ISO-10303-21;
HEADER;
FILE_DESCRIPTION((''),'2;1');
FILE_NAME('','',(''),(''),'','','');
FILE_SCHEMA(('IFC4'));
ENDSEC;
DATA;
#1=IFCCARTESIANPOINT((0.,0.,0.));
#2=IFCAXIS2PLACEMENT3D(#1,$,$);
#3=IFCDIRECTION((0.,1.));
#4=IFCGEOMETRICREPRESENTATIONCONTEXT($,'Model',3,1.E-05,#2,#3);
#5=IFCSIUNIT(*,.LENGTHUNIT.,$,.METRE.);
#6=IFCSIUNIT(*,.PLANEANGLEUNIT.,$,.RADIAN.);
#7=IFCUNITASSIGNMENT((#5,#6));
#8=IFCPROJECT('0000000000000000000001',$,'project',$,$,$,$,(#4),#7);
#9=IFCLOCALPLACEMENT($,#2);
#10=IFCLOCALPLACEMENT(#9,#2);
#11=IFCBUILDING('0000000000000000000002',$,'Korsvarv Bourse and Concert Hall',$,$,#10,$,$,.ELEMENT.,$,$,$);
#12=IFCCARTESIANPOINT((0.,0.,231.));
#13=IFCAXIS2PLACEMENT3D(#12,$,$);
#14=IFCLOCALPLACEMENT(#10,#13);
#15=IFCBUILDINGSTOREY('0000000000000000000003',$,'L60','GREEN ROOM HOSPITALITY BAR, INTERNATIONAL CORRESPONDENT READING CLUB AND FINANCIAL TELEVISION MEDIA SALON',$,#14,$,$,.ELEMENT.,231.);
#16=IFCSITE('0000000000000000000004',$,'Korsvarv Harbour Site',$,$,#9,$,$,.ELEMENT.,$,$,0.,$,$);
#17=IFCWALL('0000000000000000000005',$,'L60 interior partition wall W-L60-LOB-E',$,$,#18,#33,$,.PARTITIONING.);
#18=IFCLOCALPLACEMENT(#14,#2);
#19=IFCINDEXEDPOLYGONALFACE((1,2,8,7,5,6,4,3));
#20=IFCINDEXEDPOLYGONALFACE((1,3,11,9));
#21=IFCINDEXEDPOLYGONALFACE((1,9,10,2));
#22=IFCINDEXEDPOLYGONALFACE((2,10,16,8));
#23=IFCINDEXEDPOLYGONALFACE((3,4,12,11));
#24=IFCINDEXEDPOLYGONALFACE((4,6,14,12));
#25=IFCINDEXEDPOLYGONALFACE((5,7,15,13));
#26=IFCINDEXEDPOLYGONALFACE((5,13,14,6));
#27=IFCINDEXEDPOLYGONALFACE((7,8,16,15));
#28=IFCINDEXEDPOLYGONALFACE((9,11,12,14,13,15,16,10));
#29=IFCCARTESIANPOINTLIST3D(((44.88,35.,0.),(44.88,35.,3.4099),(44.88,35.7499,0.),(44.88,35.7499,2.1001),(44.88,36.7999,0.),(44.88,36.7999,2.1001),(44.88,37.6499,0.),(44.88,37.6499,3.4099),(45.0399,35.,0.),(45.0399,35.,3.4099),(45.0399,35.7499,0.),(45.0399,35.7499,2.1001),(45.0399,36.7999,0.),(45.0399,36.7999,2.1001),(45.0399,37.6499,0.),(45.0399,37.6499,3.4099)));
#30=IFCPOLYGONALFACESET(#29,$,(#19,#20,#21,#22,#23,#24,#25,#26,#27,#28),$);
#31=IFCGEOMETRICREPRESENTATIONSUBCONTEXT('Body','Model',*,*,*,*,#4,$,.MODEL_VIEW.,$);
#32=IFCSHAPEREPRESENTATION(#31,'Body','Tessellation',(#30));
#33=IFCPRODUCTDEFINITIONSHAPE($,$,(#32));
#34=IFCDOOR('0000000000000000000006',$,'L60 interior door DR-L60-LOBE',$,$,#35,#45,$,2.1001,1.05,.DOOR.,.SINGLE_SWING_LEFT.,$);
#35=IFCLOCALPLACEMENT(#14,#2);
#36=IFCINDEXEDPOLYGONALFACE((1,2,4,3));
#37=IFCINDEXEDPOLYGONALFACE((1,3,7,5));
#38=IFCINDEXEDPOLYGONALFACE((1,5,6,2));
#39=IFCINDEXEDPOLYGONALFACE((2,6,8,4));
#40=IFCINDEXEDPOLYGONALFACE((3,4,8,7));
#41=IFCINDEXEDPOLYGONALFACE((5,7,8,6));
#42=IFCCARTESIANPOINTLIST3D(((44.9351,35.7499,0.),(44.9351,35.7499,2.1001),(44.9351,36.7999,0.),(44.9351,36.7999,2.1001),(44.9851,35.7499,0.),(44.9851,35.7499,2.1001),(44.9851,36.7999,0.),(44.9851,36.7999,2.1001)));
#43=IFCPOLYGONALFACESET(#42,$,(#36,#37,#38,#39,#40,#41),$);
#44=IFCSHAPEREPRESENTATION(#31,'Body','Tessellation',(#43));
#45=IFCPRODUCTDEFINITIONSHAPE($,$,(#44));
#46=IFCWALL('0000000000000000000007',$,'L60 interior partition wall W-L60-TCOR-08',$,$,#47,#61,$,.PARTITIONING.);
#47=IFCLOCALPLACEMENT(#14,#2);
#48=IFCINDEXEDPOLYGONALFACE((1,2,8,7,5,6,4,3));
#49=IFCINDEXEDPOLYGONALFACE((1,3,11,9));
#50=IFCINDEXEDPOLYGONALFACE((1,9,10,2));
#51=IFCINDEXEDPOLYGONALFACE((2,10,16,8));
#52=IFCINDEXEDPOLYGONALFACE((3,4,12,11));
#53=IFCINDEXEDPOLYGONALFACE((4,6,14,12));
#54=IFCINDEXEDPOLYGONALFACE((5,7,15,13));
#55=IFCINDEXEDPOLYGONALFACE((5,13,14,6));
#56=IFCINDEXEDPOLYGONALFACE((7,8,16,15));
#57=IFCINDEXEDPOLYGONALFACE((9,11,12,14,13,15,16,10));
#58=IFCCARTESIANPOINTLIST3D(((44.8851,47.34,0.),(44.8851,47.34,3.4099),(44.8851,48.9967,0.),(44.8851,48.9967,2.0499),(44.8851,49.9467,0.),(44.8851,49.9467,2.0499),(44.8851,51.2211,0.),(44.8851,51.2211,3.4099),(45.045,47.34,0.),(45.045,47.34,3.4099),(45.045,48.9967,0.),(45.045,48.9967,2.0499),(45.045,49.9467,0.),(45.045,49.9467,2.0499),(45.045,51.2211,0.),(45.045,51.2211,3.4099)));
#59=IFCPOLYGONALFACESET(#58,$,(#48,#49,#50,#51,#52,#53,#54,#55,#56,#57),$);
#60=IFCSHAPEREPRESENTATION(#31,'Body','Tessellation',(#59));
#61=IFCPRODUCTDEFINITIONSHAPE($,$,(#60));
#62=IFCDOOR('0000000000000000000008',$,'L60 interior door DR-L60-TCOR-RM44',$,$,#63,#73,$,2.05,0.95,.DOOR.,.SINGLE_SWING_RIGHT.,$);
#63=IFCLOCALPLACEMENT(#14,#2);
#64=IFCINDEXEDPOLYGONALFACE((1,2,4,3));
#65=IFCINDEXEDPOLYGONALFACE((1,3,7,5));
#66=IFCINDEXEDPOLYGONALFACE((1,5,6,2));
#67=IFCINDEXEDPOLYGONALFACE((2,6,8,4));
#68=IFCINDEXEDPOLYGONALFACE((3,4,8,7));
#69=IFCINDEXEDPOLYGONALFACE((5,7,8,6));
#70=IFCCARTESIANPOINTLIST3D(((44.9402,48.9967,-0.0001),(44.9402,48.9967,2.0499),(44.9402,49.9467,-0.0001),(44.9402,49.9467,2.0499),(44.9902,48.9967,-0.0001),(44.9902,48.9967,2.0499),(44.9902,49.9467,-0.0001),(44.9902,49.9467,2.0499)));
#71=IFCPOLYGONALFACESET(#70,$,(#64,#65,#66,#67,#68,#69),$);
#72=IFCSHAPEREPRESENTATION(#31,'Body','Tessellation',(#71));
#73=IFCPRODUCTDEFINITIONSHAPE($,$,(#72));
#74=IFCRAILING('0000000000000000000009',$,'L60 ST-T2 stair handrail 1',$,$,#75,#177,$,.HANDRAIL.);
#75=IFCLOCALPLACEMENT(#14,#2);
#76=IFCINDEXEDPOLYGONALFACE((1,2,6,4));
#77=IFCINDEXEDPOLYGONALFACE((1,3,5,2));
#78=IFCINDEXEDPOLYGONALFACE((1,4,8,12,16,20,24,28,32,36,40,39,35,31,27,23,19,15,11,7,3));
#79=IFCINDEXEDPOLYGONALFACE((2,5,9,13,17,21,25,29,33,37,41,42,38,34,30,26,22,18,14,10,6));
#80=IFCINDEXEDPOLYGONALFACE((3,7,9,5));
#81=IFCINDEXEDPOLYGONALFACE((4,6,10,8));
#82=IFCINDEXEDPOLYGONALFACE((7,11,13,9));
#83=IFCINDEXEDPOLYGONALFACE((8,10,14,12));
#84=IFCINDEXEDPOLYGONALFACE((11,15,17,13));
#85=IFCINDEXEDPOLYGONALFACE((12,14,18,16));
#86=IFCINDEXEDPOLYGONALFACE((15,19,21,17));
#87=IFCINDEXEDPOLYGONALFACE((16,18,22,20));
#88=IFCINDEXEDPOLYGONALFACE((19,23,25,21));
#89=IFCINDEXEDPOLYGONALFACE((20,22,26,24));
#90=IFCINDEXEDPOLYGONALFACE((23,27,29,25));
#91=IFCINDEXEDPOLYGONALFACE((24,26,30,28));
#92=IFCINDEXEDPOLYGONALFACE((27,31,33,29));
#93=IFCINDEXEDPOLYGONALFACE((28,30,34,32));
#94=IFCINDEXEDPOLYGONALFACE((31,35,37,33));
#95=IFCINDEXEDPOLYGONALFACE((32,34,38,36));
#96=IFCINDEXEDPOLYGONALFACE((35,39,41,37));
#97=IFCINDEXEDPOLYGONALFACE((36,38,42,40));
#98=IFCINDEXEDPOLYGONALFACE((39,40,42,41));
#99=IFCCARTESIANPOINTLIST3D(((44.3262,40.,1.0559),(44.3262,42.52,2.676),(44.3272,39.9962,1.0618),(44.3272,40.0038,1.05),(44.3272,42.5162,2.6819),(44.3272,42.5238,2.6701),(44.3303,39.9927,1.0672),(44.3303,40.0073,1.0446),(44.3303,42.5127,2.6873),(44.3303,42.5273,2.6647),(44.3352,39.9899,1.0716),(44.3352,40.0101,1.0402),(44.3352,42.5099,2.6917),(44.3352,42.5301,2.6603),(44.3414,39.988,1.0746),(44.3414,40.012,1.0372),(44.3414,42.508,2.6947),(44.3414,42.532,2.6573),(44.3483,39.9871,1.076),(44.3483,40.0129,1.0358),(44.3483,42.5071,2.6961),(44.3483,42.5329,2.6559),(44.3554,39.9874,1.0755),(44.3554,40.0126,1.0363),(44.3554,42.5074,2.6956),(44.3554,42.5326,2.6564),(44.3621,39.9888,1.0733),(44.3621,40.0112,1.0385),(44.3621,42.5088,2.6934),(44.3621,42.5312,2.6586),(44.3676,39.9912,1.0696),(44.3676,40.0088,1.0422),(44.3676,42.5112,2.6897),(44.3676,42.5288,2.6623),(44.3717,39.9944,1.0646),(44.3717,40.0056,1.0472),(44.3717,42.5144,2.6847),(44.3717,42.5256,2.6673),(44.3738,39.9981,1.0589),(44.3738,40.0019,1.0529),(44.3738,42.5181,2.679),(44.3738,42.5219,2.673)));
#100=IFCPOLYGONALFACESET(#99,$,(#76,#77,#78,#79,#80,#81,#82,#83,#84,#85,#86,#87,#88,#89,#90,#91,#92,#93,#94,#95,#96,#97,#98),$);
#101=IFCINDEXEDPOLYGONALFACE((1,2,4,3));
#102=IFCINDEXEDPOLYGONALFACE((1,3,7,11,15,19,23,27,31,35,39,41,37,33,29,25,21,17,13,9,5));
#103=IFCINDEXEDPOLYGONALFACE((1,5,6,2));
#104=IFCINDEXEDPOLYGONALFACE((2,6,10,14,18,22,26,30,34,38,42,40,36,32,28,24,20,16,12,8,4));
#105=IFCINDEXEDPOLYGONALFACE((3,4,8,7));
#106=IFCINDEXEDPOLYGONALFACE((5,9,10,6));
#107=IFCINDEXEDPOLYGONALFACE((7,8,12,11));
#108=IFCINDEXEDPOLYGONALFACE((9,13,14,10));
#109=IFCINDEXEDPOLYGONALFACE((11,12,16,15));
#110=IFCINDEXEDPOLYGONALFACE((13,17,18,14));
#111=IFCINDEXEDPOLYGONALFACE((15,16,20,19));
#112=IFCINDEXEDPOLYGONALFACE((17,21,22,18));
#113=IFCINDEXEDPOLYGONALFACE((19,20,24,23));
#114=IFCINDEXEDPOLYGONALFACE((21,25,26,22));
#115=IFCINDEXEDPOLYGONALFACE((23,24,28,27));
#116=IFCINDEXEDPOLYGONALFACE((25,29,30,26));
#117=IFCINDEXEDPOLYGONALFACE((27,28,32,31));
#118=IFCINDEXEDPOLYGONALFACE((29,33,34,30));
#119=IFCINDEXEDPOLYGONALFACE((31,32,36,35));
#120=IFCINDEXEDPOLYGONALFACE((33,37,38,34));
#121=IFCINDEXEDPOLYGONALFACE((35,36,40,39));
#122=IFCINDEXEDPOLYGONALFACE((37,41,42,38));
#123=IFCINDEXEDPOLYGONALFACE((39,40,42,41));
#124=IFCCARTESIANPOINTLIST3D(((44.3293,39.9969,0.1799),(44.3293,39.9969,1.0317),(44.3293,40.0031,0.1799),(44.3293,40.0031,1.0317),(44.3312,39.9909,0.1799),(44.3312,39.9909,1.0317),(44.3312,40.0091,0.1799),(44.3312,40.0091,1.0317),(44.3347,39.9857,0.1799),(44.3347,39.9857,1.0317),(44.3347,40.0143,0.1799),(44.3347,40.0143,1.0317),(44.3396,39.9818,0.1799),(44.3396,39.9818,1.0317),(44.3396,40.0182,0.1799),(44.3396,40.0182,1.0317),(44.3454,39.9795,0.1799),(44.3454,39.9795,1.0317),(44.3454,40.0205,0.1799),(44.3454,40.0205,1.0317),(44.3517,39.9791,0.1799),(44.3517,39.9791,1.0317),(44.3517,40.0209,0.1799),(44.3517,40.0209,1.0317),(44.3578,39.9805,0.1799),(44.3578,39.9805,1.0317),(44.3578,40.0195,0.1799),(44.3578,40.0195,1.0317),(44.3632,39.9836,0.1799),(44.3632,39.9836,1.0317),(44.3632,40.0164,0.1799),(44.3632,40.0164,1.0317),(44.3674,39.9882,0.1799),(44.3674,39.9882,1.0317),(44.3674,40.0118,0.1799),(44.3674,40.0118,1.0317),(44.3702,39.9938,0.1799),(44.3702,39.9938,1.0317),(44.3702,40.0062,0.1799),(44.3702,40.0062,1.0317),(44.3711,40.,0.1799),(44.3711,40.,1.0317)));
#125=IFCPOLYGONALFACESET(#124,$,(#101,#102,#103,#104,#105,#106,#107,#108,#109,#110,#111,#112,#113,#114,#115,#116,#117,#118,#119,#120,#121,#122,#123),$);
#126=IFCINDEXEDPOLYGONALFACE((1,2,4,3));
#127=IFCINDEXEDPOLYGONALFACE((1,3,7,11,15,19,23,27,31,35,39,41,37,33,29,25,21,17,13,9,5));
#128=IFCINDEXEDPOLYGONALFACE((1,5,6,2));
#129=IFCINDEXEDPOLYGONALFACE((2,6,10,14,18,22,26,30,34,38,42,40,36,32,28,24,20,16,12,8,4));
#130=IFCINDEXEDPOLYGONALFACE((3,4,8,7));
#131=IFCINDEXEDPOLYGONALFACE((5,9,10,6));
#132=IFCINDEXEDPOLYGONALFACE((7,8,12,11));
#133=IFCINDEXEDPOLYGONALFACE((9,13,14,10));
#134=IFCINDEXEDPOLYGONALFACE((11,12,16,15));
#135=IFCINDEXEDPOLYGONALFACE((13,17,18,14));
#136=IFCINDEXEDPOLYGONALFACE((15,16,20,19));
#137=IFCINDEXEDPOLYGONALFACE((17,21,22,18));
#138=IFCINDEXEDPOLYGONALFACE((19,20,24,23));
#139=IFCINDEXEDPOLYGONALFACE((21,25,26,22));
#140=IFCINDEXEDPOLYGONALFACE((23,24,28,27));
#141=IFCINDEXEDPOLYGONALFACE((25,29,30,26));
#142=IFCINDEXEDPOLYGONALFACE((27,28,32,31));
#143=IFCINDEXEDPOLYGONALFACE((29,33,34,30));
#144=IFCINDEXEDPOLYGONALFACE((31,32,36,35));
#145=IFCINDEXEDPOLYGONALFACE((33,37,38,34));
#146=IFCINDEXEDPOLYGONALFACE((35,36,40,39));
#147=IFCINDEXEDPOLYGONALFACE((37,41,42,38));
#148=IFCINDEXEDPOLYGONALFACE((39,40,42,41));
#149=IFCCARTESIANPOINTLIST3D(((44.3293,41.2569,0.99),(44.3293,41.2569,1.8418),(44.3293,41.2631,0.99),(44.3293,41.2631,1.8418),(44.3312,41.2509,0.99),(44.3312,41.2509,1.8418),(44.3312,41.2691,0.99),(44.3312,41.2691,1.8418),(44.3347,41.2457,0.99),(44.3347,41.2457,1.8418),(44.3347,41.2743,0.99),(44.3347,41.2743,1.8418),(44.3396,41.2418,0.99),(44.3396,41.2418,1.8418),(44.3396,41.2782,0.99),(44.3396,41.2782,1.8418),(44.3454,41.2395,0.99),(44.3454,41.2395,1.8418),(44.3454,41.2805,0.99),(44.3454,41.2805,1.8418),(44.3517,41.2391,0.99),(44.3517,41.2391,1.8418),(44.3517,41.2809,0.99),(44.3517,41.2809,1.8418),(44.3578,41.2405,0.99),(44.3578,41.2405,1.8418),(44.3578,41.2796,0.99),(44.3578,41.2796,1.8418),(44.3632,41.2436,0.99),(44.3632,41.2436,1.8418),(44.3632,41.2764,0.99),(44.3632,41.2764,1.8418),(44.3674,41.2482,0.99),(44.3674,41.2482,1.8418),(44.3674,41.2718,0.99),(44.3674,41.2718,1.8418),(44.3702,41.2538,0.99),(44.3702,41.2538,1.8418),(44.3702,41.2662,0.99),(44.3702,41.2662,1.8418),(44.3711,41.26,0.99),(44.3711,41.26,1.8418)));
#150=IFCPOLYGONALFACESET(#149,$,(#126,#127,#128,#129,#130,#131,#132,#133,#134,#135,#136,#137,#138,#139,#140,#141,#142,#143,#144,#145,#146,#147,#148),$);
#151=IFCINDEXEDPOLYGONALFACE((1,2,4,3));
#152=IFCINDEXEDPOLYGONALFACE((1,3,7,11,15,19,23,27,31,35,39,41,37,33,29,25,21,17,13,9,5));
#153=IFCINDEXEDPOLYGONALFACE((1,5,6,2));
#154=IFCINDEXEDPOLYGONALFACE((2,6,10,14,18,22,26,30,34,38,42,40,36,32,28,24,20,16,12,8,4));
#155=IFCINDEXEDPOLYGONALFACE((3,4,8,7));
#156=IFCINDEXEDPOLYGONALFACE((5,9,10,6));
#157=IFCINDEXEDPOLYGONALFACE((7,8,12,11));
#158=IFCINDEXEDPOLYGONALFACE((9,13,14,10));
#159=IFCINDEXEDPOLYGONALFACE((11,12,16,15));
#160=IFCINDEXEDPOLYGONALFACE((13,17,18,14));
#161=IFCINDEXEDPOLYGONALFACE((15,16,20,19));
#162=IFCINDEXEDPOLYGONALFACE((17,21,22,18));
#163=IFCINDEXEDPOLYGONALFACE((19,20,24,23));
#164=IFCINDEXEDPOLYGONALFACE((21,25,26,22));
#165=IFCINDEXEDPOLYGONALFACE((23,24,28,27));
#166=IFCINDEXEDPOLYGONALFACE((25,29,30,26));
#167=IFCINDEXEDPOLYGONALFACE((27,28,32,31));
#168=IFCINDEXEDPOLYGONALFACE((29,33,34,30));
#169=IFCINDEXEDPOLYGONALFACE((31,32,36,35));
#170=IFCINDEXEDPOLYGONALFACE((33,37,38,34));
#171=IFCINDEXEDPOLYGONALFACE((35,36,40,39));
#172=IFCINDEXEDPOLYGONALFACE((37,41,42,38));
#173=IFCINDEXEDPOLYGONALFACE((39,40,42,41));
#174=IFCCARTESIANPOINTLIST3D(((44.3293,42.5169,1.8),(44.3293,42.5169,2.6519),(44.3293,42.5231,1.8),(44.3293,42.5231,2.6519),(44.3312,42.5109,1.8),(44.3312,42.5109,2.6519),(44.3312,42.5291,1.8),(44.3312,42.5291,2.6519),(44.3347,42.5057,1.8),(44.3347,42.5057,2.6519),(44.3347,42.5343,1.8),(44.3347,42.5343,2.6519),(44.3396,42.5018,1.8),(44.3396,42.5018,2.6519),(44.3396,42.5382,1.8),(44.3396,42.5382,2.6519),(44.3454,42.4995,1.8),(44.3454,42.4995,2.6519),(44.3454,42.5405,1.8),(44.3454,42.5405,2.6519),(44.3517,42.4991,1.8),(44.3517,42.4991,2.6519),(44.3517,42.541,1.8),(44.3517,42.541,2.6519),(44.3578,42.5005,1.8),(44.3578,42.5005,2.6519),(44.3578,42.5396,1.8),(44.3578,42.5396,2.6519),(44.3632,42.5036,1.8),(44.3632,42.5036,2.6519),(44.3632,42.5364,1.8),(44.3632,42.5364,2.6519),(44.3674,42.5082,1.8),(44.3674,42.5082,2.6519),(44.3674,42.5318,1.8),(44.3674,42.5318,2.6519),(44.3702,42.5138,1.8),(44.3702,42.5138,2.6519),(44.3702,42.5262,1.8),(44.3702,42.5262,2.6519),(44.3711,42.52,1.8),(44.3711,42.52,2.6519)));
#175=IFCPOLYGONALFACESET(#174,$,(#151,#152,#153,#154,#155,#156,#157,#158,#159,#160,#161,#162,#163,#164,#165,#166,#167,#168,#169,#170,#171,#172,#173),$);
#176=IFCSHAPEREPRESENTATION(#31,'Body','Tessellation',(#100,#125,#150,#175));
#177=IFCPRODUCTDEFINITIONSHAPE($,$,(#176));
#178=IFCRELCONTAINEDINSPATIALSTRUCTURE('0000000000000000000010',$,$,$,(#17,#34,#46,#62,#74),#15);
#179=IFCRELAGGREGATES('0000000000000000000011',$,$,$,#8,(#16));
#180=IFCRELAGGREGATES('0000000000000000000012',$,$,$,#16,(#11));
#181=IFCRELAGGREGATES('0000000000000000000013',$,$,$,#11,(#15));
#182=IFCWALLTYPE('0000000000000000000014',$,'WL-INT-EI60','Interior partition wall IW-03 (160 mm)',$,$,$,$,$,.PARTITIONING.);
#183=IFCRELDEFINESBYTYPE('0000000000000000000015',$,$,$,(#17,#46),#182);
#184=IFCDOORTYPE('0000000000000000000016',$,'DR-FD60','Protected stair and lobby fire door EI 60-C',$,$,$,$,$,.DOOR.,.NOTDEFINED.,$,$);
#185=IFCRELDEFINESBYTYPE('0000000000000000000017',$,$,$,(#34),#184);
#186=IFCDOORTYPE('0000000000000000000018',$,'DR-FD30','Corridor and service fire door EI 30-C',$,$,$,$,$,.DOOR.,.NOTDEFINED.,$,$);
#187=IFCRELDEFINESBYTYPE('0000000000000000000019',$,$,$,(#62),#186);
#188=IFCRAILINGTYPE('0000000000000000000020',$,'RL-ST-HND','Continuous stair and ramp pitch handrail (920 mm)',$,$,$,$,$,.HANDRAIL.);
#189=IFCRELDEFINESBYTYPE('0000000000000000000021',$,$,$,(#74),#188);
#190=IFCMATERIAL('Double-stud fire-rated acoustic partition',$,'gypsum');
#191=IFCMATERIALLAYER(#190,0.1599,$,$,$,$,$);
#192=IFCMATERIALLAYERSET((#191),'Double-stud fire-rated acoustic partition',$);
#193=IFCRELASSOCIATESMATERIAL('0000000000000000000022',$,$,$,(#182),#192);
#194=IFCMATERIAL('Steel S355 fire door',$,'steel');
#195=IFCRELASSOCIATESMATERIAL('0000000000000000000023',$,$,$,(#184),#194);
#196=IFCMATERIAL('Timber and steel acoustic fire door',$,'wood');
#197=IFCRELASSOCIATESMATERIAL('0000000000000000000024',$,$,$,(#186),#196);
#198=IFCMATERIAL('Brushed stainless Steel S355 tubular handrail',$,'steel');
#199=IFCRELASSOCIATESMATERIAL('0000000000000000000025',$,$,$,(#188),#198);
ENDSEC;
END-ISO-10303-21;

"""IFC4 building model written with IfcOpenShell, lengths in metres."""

from ifc_helpers import new_model, si_unit, direction, frame, frame_2d, origin, origin_2d, place, context, subcontext, project, spatial, rectangle, circle, extrude, material, layer, layer_set, type_object, element, fill, save


model = new_model("IFC4")

# Units and contexts
model_context = context("Model", 3, precision=1e-05, world=origin(), true_north=direction((0.0, 1.0)))
body_context = subcontext(model_context, "Body", "Model", "MODEL_VIEW")
ifc_project = project(units=[si_unit("LENGTHUNIT", "METRE"), si_unit("PLANEANGLEUNIT", "RADIAN")], contexts=[model_context])

# Site, building, storey
site_placement = place(None, origin())
site = spatial("IfcSite", under=ifc_project, at=site_placement, Name="Korsvarv Harbour Site", CompositionType="ELEMENT", RefElevation=0.0)
building_placement = place(site_placement, origin())
building = spatial("IfcBuilding", under=site, at=building_placement, Name="Korsvarv Bourse and Concert Hall", CompositionType="ELEMENT")
storey_placement = place(building_placement, frame((0.0, 0.0, 231.0)))
storey = spatial("IfcBuildingStorey", under=building, at=storey_placement, Name="L60", Description="GREEN ROOM HOSPITALITY BAR, INTERNATIONAL CORRESPONDENT READING CLUB AND FINANCIAL TELEVISION MEDIA SALON", CompositionType="ELEMENT", Elevation=231.0)

# Walls, openings, doors
ifc_material_1 = material(Name="Double-stud fire-rated acoustic partition", Category="gypsum")
ifc_layer_1 = layer(ifc_material_1, 0.1599)
ifc_layer_set_1 = layer_set([ifc_layer_1], Name="Double-stud fire-rated acoustic partition")
wall_type_1 = type_object("IfcWallType", Name="WL-INT-EI60", Description="Interior partition wall IW-03 (160 mm)", PredefinedType="PARTITIONING", material=ifc_layer_set_1)
wall_1_placement = place(storey_placement, frame((44.96, 35.0, 0.0), z_axis=(0.0, 0.0, 1.0), x_axis=(0.0, 1.0, 0.0)))
wall_1 = element("IfcWall", 1, at=wall_1_placement, inside=storey, type_object=wall_type_1, Name="L60 interior partition wall W-L60-LOB-E", PredefinedType="PARTITIONING", context=body_context, shape_type="SweptSolid", body=[
    extrude(rectangle(XDim=2.6499, YDim=0.1599, at=frame_2d((1.325, 0.0))), origin(), (0.0, 0.0, 1.0), 3.4099),
])
opening_1_placement = place(wall_1_placement, frame((0.75, 0.0, 0.0)))
opening_1 = element("IfcOpeningElement", 2, at=opening_1_placement, cuts=wall_1, PredefinedType="OPENING", context=body_context, shape_type="SweptSolid", body=[
    extrude(rectangle(XDim=1.05, YDim=2.1001, at=frame_2d((0.5249, 1.05))), frame((0.0, 0.0898, 0.0), z_axis=(0.0, -1.0, 0.0), x_axis=(1.0, 0.0, 0.0)), (0.0, 0.0, 1.0), 0.1799),
])
ifc_material_2 = material(Name="Steel S355 fire door", Category="steel")
door_type_1 = type_object("IfcDoorType", Name="DR-FD60", Description="Protected stair and lobby fire door EI 60-C", OperationType="NOTDEFINED", PredefinedType="DOOR", material=ifc_material_2)
door_1_placement = place(opening_1_placement, origin())
door_1 = element("IfcDoor", 3, at=door_1_placement, inside=storey, type_object=door_type_1, Name="L60 interior door DR-L60-LOBE", OperationType="SINGLE_SWING_LEFT", OverallHeight=2.1001, OverallWidth=1.05, PredefinedType="DOOR", context=body_context, shape_type="SweptSolid", body=[
    extrude(rectangle(XDim=1.05, YDim=2.1001, at=frame_2d((0.5249, 1.05))), frame((0.0, 0.0249, 0.0), z_axis=(0.0, -1.0, 0.0), x_axis=(1.0, 0.0, 0.0)), (0.0, 0.0, 1.0), 0.05),
])
fill(opening_1, door_1)
wall_2_placement = place(storey_placement, frame((44.9651, 47.3401, 0.0), z_axis=(0.0, 0.0, 1.0), x_axis=(0.0, 1.0, 0.0)))
wall_2 = element("IfcWall", 4, at=wall_2_placement, inside=storey, type_object=wall_type_1, Name="L60 interior partition wall W-L60-TCOR-08", PredefinedType="PARTITIONING", context=body_context, shape_type="SweptSolid", body=[
    extrude(rectangle(XDim=3.8811, YDim=0.1599, at=frame_2d((1.9404, 0.0))), origin(), (0.0, 0.0, 1.0), 3.4099),
])
opening_2_placement = place(wall_2_placement, frame((1.6565, 0.0, 0.0)))
opening_2 = element("IfcOpeningElement", 5, at=opening_2_placement, cuts=wall_2, PredefinedType="OPENING", context=body_context, shape_type="SweptSolid", body=[
    extrude(rectangle(XDim=0.95, YDim=2.05, at=frame_2d((0.4751, 1.0249))), frame((0.0, 0.0898, 0.0), z_axis=(0.0, -1.0, 0.0), x_axis=(1.0, 0.0, 0.0)), (0.0, 0.0, 1.0), 0.1799),
])
ifc_material_3 = material(Name="Timber and steel acoustic fire door", Category="wood")
door_type_2 = type_object("IfcDoorType", Name="DR-FD30", Description="Corridor and service fire door EI 30-C", OperationType="NOTDEFINED", PredefinedType="DOOR", material=ifc_material_3)
door_2_placement = place(opening_2_placement, origin())
door_2 = element("IfcDoor", 6, at=door_2_placement, inside=storey, type_object=door_type_2, Name="L60 interior door DR-L60-TCOR-RM44", OperationType="SINGLE_SWING_RIGHT", OverallHeight=2.05, OverallWidth=0.95, PredefinedType="DOOR", context=body_context, shape_type="SweptSolid", body=[
    extrude(rectangle(XDim=0.95, YDim=2.05, at=frame_2d((0.4751, 1.0249))), frame((0.0, 0.0249, 0.0), z_axis=(0.0, -1.0, 0.0), x_axis=(1.0, 0.0, 0.0)), (0.0, 0.0, 1.0), 0.05),
])
fill(opening_2, door_2)

# Railing
ifc_material_4 = material(Name="Brushed stainless Steel S355 tubular handrail", Category="steel")
railing_type = type_object("IfcRailingType", Name="RL-ST-HND", Description="Continuous stair and ramp pitch handrail (920 mm)", PredefinedType="HANDRAIL", material=ifc_material_4)
railing_placement = place(storey_placement, frame((44.3501, 40.0, 0.1799)))
element("IfcRailing", 7, at=railing_placement, inside=storey, type_object=railing_type, Name="L60 ST-T2 stair handrail 1", PredefinedType="HANDRAIL", context=body_context, shape_type="SweptSolid", body=[
    extrude(circle(Radius=0.0239, at=origin_2d()), frame((0.0, 0.0, 0.876), z_axis=(0.0, 0.841163, 0.540782), x_axis=(-1.0, 0.0, 0.0)), (0.0, 0.0, 1.0), 2.9958),
    extrude(circle(Radius=0.021, at=origin_2d()), origin(), (0.0, 0.0, 1.0), 0.8518),
    extrude(circle(Radius=0.021, at=origin_2d()), frame((0.0, 1.26, 0.8101)), (0.0, 0.0, 1.0), 0.8518),
    extrude(circle(Radius=0.021, at=origin_2d()), frame((0.0, 2.52, 1.6201)), (0.0, 0.0, 1.0), 0.8518),
])

save(model, "model.ifc")
